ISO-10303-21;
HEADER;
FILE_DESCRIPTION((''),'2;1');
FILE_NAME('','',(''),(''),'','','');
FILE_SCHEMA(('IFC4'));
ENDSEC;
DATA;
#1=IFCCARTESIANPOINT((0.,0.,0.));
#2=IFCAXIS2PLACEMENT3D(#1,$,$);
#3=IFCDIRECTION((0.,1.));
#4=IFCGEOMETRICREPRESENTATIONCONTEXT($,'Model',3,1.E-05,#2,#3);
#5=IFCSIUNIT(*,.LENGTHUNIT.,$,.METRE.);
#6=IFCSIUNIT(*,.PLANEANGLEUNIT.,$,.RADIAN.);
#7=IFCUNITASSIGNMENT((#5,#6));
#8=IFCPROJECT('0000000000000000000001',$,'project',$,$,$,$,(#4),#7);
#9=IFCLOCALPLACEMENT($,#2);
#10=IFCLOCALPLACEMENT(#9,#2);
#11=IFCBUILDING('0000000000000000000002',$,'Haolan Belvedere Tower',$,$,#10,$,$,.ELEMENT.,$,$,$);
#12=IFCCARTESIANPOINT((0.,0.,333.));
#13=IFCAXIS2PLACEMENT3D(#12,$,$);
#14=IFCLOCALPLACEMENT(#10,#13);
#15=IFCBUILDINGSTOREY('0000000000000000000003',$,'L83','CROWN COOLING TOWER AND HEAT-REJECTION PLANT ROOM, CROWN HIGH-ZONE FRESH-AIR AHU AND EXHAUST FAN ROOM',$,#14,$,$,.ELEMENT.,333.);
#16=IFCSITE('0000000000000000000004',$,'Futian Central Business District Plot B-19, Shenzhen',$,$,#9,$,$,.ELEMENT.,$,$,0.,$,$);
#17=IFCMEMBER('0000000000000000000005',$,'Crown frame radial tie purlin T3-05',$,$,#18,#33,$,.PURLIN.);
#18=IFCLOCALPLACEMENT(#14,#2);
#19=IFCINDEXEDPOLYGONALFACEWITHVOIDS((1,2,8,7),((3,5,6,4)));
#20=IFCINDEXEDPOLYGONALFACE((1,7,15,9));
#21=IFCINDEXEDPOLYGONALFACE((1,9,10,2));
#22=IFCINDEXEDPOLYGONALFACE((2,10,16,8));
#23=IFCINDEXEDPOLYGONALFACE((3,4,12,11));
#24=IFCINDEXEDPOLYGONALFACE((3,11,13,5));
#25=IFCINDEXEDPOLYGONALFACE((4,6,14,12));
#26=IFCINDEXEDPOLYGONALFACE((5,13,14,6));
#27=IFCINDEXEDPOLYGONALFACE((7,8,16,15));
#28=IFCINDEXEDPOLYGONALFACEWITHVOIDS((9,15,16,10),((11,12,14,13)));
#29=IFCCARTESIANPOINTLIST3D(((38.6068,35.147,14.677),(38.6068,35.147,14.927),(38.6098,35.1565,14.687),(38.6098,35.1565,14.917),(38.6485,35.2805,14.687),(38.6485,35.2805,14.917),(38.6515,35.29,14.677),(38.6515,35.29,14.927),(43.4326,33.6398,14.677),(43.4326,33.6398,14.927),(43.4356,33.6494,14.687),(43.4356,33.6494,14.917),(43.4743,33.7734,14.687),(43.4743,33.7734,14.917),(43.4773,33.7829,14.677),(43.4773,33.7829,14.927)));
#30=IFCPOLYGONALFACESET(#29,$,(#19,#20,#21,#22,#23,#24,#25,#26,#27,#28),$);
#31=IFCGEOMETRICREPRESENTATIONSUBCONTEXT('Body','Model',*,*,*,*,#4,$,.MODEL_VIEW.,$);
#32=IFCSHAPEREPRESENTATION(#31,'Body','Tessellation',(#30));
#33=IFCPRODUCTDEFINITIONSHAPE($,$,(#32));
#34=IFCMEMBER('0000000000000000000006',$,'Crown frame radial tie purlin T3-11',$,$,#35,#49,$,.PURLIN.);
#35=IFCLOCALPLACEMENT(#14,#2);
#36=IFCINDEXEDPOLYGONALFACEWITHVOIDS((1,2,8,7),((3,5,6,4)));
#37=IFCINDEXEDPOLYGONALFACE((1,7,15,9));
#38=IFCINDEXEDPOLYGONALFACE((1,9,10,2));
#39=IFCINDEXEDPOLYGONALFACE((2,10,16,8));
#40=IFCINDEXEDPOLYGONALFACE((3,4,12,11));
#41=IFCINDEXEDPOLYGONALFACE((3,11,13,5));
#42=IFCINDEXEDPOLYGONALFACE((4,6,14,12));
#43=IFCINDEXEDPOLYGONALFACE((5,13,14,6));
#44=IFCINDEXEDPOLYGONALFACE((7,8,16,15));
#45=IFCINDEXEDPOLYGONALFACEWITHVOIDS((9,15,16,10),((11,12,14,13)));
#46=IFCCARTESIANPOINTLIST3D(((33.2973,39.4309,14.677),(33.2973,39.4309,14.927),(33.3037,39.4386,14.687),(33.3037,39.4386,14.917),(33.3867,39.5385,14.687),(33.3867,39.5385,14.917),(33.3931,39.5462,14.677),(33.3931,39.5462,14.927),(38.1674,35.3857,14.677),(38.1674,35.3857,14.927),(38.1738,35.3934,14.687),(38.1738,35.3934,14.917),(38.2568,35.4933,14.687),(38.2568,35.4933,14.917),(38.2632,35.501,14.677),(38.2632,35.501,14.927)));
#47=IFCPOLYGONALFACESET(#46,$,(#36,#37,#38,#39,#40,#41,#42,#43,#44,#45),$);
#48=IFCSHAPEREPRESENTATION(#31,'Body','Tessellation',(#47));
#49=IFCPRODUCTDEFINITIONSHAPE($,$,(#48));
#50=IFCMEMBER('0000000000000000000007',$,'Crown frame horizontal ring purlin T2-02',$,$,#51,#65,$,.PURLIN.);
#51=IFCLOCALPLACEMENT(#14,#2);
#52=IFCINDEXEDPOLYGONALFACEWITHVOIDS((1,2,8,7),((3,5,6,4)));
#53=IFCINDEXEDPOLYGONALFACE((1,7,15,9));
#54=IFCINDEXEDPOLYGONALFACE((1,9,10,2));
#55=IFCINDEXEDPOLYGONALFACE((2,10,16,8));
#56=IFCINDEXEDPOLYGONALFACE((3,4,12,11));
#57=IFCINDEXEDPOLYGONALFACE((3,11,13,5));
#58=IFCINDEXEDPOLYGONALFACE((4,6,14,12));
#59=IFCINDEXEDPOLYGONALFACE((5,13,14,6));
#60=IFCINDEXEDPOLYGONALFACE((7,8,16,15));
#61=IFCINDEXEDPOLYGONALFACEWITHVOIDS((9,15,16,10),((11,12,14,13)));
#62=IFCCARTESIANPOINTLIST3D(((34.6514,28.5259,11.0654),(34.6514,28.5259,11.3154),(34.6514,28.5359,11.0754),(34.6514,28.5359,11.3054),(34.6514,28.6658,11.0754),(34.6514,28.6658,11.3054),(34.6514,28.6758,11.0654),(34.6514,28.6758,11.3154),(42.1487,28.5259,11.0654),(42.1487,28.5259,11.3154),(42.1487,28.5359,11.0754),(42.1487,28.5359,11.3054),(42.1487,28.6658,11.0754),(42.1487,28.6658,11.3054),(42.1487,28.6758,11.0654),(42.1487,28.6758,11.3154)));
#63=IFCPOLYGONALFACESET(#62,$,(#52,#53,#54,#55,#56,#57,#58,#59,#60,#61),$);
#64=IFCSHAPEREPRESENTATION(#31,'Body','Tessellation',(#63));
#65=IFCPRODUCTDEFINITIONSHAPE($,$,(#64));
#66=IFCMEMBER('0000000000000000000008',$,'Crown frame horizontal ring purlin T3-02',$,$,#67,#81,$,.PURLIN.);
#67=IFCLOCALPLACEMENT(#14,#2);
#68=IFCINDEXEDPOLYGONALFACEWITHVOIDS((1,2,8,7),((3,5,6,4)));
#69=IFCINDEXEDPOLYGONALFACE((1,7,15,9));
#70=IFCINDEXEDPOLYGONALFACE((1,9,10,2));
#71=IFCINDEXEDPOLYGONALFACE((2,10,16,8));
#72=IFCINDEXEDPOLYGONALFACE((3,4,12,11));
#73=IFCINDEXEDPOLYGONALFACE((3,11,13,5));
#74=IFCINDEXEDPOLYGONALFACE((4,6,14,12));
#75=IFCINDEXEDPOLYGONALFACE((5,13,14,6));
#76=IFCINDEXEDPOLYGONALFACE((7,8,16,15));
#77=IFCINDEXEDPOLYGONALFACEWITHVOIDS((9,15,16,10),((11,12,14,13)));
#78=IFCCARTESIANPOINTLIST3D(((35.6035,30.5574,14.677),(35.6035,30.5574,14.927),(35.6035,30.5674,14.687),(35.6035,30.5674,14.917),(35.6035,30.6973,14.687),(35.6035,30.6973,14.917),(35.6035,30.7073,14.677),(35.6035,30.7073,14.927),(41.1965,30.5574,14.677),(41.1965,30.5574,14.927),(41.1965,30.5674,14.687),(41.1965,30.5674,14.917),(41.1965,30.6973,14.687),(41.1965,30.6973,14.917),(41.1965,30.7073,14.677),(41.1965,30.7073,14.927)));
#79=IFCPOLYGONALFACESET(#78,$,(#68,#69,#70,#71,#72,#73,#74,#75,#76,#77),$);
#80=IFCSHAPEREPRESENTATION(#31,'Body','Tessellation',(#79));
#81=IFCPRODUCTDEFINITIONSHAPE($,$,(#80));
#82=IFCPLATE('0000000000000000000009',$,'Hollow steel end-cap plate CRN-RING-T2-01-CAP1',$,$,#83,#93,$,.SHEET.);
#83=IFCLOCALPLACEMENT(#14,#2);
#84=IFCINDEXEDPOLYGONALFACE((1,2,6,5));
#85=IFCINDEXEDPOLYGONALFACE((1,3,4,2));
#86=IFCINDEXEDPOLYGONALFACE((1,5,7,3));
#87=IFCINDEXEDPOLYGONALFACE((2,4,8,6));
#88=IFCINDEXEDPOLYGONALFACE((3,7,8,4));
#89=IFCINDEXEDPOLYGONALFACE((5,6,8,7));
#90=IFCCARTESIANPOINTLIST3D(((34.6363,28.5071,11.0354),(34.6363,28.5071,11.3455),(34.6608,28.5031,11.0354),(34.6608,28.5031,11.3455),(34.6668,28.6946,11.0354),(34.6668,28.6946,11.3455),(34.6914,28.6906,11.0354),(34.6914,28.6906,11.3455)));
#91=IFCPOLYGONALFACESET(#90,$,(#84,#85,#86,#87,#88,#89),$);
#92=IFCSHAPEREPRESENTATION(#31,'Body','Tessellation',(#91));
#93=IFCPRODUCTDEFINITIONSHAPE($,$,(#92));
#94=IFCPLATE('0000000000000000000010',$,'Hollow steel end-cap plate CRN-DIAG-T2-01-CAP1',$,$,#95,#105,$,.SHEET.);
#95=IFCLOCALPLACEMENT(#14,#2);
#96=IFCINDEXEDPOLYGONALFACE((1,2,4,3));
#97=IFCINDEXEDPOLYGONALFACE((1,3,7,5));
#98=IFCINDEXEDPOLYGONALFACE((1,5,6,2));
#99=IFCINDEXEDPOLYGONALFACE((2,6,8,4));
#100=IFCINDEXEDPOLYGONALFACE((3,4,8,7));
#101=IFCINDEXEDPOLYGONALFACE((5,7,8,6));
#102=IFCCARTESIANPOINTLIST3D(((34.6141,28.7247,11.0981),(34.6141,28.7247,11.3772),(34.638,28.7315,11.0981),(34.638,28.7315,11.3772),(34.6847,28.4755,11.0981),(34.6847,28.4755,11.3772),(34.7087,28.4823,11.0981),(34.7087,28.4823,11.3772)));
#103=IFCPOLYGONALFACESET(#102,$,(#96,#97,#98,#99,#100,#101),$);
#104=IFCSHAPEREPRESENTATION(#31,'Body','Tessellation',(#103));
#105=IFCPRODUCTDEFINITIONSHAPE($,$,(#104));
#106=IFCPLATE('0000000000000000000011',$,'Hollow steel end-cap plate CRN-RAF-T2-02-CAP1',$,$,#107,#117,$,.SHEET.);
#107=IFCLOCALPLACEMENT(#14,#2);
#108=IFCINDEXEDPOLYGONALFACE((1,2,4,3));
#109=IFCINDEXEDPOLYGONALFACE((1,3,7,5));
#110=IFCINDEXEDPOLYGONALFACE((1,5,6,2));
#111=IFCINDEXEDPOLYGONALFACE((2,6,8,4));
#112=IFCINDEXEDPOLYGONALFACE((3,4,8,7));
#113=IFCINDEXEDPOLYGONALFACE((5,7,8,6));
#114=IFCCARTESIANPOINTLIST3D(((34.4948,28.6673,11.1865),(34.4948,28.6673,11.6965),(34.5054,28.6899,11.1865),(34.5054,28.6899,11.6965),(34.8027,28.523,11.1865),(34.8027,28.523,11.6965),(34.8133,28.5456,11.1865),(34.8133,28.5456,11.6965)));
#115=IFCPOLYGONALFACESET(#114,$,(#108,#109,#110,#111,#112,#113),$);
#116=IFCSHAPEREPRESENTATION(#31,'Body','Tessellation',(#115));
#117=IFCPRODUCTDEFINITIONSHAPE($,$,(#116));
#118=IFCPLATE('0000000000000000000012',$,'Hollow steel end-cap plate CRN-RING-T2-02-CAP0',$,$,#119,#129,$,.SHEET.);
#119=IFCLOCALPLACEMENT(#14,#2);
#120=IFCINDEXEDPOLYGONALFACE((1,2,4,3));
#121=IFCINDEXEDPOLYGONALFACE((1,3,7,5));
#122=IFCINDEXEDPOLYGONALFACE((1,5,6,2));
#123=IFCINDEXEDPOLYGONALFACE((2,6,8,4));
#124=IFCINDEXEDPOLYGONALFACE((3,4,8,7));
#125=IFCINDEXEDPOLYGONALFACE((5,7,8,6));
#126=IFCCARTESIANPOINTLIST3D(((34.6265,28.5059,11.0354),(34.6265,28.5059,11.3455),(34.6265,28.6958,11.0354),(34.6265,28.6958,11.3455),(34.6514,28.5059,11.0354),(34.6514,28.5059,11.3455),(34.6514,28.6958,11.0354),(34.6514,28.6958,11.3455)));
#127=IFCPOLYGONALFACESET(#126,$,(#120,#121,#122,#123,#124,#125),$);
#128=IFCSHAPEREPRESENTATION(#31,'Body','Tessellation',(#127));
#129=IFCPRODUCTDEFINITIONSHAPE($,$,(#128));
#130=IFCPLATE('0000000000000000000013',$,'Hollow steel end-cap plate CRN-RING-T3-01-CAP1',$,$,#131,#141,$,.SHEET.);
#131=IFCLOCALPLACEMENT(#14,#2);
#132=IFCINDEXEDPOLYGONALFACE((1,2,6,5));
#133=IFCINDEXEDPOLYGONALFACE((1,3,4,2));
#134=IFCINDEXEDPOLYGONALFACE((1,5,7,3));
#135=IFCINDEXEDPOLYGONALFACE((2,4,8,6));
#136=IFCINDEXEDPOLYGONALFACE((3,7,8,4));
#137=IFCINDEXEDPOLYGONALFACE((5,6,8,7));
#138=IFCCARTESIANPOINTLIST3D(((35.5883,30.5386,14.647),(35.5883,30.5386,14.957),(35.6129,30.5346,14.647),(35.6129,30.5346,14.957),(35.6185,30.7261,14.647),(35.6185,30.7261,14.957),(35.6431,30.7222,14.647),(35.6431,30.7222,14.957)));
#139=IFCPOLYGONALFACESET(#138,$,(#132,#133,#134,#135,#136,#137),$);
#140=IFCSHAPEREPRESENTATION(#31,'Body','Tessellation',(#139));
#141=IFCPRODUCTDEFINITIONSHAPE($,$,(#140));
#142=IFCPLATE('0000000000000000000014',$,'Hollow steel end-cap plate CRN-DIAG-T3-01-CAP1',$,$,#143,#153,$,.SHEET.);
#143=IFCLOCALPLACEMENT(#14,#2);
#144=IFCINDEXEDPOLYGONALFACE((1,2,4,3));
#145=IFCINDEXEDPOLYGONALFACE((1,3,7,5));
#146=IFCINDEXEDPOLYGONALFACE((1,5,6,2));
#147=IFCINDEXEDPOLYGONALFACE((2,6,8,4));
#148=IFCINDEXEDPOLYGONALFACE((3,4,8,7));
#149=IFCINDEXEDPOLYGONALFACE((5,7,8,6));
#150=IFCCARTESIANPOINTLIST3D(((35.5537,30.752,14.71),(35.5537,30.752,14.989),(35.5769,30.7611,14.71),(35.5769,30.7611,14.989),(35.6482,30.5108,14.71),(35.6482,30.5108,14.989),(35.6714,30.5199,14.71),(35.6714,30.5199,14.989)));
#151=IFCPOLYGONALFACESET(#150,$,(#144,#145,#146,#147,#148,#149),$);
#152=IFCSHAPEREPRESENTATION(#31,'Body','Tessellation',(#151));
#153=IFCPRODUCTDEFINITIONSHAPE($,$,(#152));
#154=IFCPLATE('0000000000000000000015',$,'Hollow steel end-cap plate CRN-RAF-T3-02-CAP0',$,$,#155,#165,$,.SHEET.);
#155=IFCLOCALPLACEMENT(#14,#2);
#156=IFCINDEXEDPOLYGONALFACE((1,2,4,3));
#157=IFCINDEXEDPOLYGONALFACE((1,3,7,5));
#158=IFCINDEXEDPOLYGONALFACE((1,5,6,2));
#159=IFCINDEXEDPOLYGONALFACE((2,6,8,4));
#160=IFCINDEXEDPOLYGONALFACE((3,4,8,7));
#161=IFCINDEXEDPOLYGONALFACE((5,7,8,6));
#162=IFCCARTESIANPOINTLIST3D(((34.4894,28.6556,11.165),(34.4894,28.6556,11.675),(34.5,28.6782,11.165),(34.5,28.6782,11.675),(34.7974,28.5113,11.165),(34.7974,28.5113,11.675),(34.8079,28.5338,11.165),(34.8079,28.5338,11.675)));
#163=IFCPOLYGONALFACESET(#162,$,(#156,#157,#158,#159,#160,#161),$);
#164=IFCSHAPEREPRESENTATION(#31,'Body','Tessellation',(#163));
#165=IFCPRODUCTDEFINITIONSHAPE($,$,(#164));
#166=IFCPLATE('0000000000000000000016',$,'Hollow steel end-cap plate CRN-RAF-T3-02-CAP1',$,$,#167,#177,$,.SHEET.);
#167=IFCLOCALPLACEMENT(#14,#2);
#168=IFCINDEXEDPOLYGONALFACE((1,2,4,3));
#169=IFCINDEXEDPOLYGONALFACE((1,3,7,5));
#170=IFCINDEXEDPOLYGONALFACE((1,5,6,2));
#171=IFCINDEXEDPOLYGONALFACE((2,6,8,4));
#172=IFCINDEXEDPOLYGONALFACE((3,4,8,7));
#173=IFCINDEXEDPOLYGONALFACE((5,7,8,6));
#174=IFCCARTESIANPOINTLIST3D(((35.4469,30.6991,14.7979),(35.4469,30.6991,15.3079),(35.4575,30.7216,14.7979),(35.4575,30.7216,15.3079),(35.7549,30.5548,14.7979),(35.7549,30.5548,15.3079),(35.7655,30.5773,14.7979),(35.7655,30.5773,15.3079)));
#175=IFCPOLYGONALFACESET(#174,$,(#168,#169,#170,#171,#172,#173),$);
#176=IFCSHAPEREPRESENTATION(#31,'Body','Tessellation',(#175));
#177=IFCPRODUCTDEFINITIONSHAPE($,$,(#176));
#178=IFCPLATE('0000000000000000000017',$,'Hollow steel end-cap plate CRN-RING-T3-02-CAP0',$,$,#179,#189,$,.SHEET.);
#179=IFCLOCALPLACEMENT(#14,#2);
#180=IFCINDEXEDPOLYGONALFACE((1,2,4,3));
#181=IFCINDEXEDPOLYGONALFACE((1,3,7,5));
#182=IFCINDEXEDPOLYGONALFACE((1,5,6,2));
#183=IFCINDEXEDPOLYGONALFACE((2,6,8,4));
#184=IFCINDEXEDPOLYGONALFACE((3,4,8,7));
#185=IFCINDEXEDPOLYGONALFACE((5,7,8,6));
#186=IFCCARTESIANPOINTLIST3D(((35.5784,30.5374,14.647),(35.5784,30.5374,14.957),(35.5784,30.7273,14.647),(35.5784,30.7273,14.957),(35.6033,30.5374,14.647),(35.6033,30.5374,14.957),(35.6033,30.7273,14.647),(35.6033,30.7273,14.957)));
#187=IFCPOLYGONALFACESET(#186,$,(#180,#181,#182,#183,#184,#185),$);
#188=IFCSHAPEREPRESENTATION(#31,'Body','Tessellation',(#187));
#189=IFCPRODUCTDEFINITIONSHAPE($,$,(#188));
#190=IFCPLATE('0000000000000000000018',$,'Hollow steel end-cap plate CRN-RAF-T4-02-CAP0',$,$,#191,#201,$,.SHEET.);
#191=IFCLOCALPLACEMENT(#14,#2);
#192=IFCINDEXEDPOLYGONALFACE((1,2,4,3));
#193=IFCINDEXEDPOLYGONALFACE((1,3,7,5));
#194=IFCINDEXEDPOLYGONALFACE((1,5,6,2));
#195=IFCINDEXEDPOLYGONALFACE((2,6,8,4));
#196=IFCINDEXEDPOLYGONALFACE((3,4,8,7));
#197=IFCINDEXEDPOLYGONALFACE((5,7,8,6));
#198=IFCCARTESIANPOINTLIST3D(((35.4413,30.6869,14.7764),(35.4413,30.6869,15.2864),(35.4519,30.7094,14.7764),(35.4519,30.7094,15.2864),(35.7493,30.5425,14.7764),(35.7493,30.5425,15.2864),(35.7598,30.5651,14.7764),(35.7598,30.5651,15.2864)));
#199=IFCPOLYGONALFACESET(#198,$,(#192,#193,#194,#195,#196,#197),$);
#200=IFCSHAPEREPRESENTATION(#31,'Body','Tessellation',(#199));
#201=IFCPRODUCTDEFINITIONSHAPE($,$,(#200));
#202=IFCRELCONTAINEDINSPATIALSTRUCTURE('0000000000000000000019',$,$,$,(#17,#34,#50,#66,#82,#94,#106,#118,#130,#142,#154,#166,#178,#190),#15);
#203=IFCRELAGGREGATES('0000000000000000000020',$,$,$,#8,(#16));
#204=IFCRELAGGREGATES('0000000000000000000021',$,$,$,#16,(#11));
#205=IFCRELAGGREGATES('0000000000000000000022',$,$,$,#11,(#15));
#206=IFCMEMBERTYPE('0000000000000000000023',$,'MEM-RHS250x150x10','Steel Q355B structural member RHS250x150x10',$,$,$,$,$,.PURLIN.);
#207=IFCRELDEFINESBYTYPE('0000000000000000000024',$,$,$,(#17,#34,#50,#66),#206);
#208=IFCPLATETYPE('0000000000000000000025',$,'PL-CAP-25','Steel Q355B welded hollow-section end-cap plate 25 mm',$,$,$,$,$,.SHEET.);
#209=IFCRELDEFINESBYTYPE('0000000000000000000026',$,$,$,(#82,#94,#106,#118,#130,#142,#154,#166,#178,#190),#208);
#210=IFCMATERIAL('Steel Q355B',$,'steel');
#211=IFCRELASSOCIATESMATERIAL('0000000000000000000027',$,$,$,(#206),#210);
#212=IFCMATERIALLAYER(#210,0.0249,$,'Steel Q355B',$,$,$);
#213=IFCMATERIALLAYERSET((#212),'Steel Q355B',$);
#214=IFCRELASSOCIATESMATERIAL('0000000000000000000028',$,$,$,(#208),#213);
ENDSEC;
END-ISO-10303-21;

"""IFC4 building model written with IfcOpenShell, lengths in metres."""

from ifc_helpers import new_model, si_unit, direction, frame, origin, origin_2d, place, context, subcontext, project, spatial, rectangle, hollow_rectangle, extrude, material, layer, layer_set, material_profile, profile_set, type_object, element, save


model = new_model("IFC4")

# Units and contexts
model_context = context("Model", 3, precision=1e-05, world=origin(), true_north=direction((0.0, 1.0)))
body_context = subcontext(model_context, "Body", "Model", "MODEL_VIEW")
ifc_project = project(units=[si_unit("LENGTHUNIT", "METRE"), si_unit("PLANEANGLEUNIT", "RADIAN")], contexts=[model_context])

# Site, building, storey
site_placement = place(None, origin())
site = spatial("IfcSite", under=ifc_project, at=site_placement, Name="Futian Central Business District Plot B-19, Shenzhen", CompositionType="ELEMENT", RefElevation=0.0)
building_placement = place(site_placement, origin())
building = spatial("IfcBuilding", under=site, at=building_placement, Name="Haolan Belvedere Tower", CompositionType="ELEMENT")
storey_placement = place(building_placement, frame((0.0, 0.0, 333.0)))
storey = spatial("IfcBuildingStorey", under=building, at=storey_placement, Name="L83", Description="CROWN COOLING TOWER AND HEAT-REJECTION PLANT ROOM, CROWN HIGH-ZONE FRESH-AIR AHU AND EXHAUST FAN ROOM", CompositionType="ELEMENT", Elevation=333.0)

# Members
ifc_material_1 = material(Name="Steel Q355B", Category="steel")
ifc_material_profile_1 = material_profile(ifc_material_1, hollow_rectangle(XDim=0.1499, YDim=0.25, WallThickness=0.01, at=origin_2d()), Name="Steel Q355B")
ifc_profile_set_1 = profile_set([ifc_material_profile_1], Name="Steel Q355B")
member_type_1 = type_object("IfcMemberType", Name="MEM-RHS250x150x10", Description="Steel Q355B structural member RHS250x150x10", PredefinedType="PURLIN", material=ifc_profile_set_1)
member_1_placement = place(storey_placement, frame((38.6292, 35.2185, 14.802), z_axis=(0.954533, -0.298105, 0.0), x_axis=(0.298105, 0.954533, 0.0)))
element("IfcMember", 1, at=member_1_placement, inside=storey, type_object=member_type_1, Name="Crown frame radial tie purlin T3-05", PredefinedType="PURLIN", context=body_context, shape_type="SweptSolid", body=[
    extrude(hollow_rectangle(XDim=0.1499, YDim=0.25, WallThickness=0.01, at=origin_2d()), origin(), (0.0, 0.0, 1.0), 5.0557),
])
member_2_placement = place(storey_placement, frame((38.2153, 35.4434, 14.802), z_axis=(-0.769251, 0.638947, 0.0), x_axis=(-0.638947, -0.769251, 0.0)))
element("IfcMember", 2, at=member_2_placement, inside=storey, type_object=member_type_1, Name="Crown frame radial tie purlin T3-11", PredefinedType="PURLIN", context=body_context, shape_type="SweptSolid", body=[
    extrude(hollow_rectangle(XDim=0.1499, YDim=0.25, WallThickness=0.01, at=origin_2d()), origin(), (0.0, 0.0, 1.0), 6.3311),
])
member_3_placement = place(storey_placement, frame((34.6514, 28.6008, 11.1904), z_axis=(1.0, 0.0, 0.0), x_axis=(0.0, 1.0, 0.0)))
element("IfcMember", 3, at=member_3_placement, inside=storey, type_object=member_type_1, Name="Crown frame horizontal ring purlin T2-02", PredefinedType="PURLIN", context=body_context, shape_type="SweptSolid", body=[
    extrude(hollow_rectangle(XDim=0.1499, YDim=0.25, WallThickness=0.01, at=origin_2d()), origin(), (0.0, 0.0, 1.0), 7.4973),
])
member_4_placement = place(storey_placement, frame((35.6035, 30.6323, 14.802), z_axis=(1.0, 0.0, 0.0), x_axis=(0.0, 1.0, 0.0)))
element("IfcMember", 4, at=member_4_placement, inside=storey, type_object=member_type_1, Name="Crown frame horizontal ring purlin T3-02", PredefinedType="PURLIN", context=body_context, shape_type="SweptSolid", body=[
    extrude(hollow_rectangle(XDim=0.1499, YDim=0.25, WallThickness=0.01, at=origin_2d()), origin(), (0.0, 0.0, 1.0), 5.593),
])

# Plates
ifc_layer_1 = layer(ifc_material_1, 0.0249, Name="Steel Q355B")
ifc_layer_set_1 = layer_set([ifc_layer_1], Name="Steel Q355B")
plate_type = type_object("IfcPlateType", Name="PL-CAP-25", Description="Steel Q355B welded hollow-section end-cap plate 25 mm", PredefinedType="SHEET", material=ifc_layer_set_1)
plate_1_placement = place(storey_placement, frame((34.6638, 28.5989, 11.0354), z_axis=(0.0, 0.0, 1.0), x_axis=(0.160794, 0.986988, 0.0)))
element("IfcPlate", 5, at=plate_1_placement, inside=storey, type_object=plate_type, Name="Hollow steel end-cap plate CRN-RING-T2-01-CAP1", PredefinedType="SHEET", context=body_context, shape_type="SweptSolid", body=[
    extrude(rectangle(XDim=0.1899, YDim=0.0249, at=origin_2d()), origin(), (0.0, 0.0, 1.0), 0.3101),
])
plate_2_placement = place(storey_placement, frame((34.6614, 28.6035, 11.0981), z_axis=(0.0, 0.0, 1.0), x_axis=(-0.272851, 0.962056, 0.0)))
element("IfcPlate", 6, at=plate_2_placement, inside=storey, type_object=plate_type, Name="Hollow steel end-cap plate CRN-DIAG-T2-01-CAP1", PredefinedType="SHEET", context=body_context, shape_type="SweptSolid", body=[
    extrude(rectangle(XDim=0.259, YDim=0.0249, at=origin_2d()), origin(), (0.0, 0.0, 1.0), 0.2791),
])
plate_3_placement = place(storey_placement, frame((34.6541, 28.6064, 11.1865), z_axis=(0.0, 0.0, 1.0), x_axis=(-0.905502, 0.424342, 0.0)))
element("IfcPlate", 7, at=plate_3_placement, inside=storey, type_object=plate_type, Name="Hollow steel end-cap plate CRN-RAF-T2-02-CAP1", PredefinedType="SHEET", context=body_context, shape_type="SweptSolid", body=[
    extrude(rectangle(XDim=0.3401, YDim=0.0249, at=origin_2d()), origin(), (0.0, 0.0, 1.0), 0.51),
])
for number, where, z_axis, x_axis, name in (
    (8, (34.6389, 28.6008, 11.0354), (0.0, 0.0, 1.0), (0.0, -1.0, 0.0), "Hollow steel end-cap plate CRN-RING-T2-02-CAP0"),
    (9, (35.6157, 30.6304, 14.647), (0.0, 0.0, 1.0), (0.158951, 0.987287, 0.0), "Hollow steel end-cap plate CRN-RING-T3-01-CAP1"),
):
    element("IfcPlate", number, at=place(storey_placement, frame(where, z_axis=z_axis, x_axis=x_axis)), inside=storey, type_object=plate_type, Name=name, PredefinedType="SHEET", context=body_context, shape_type="SweptSolid", body=[
        extrude(rectangle(XDim=0.1899, YDim=0.0249, at=origin_2d()), origin(), (0.0, 0.0, 1.0), 0.3101),
    ])
plate_4_placement = place(storey_placement, frame((35.6125, 30.636, 14.71), z_axis=(0.0, 0.0, 1.0), x_axis=(-0.364568, 0.931177, 0.0)))
element("IfcPlate", 10, at=plate_4_placement, inside=storey, type_object=plate_type, Name="Hollow steel end-cap plate CRN-DIAG-T3-01-CAP1", PredefinedType="SHEET", context=body_context, shape_type="SweptSolid", body=[
    extrude(rectangle(XDim=0.259, YDim=0.0249, at=origin_2d()), origin(), (0.0, 0.0, 1.0), 0.2791),
])
for number, where, z_axis, x_axis, name in (
    (11, (34.6487, 28.5947, 11.165), (0.0, 0.0, 1.0), (0.905502, -0.424342, 0.0), "Hollow steel end-cap plate CRN-RAF-T3-02-CAP0"),
    (12, (35.6062, 30.6382, 14.7979), (0.0, 0.0, 1.0), (-0.905502, 0.424342, 0.0), "Hollow steel end-cap plate CRN-RAF-T3-02-CAP1"),
):
    element("IfcPlate", number, at=place(storey_placement, frame(where, z_axis=z_axis, x_axis=x_axis)), inside=storey, type_object=plate_type, Name=name, PredefinedType="SHEET", context=body_context, shape_type="SweptSolid", body=[
        extrude(rectangle(XDim=0.3401, YDim=0.0249, at=origin_2d()), origin(), (0.0, 0.0, 1.0), 0.51),
    ])
plate_5_placement = place(storey_placement, frame((35.5908, 30.6323, 14.647), z_axis=(0.0, 0.0, 1.0), x_axis=(0.0, -1.0, 0.0)))
element("IfcPlate", 13, at=plate_5_placement, inside=storey, type_object=plate_type, Name="Hollow steel end-cap plate CRN-RING-T3-02-CAP0", PredefinedType="SHEET", context=body_context, shape_type="SweptSolid", body=[
    extrude(rectangle(XDim=0.1899, YDim=0.0249, at=origin_2d()), origin(), (0.0, 0.0, 1.0), 0.3101),
])
plate_6_placement = place(storey_placement, frame((35.6006, 30.626, 14.7764), z_axis=(0.0, 0.0, 1.0), x_axis=(0.905502, -0.424342, 0.0)))
element("IfcPlate", 14, at=plate_6_placement, inside=storey, type_object=plate_type, Name="Hollow steel end-cap plate CRN-RAF-T4-02-CAP0", PredefinedType="SHEET", context=body_context, shape_type="SweptSolid", body=[
    extrude(rectangle(XDim=0.3401, YDim=0.0249, at=origin_2d()), origin(), (0.0, 0.0, 1.0), 0.51),
])

save(model, "model.ifc")
